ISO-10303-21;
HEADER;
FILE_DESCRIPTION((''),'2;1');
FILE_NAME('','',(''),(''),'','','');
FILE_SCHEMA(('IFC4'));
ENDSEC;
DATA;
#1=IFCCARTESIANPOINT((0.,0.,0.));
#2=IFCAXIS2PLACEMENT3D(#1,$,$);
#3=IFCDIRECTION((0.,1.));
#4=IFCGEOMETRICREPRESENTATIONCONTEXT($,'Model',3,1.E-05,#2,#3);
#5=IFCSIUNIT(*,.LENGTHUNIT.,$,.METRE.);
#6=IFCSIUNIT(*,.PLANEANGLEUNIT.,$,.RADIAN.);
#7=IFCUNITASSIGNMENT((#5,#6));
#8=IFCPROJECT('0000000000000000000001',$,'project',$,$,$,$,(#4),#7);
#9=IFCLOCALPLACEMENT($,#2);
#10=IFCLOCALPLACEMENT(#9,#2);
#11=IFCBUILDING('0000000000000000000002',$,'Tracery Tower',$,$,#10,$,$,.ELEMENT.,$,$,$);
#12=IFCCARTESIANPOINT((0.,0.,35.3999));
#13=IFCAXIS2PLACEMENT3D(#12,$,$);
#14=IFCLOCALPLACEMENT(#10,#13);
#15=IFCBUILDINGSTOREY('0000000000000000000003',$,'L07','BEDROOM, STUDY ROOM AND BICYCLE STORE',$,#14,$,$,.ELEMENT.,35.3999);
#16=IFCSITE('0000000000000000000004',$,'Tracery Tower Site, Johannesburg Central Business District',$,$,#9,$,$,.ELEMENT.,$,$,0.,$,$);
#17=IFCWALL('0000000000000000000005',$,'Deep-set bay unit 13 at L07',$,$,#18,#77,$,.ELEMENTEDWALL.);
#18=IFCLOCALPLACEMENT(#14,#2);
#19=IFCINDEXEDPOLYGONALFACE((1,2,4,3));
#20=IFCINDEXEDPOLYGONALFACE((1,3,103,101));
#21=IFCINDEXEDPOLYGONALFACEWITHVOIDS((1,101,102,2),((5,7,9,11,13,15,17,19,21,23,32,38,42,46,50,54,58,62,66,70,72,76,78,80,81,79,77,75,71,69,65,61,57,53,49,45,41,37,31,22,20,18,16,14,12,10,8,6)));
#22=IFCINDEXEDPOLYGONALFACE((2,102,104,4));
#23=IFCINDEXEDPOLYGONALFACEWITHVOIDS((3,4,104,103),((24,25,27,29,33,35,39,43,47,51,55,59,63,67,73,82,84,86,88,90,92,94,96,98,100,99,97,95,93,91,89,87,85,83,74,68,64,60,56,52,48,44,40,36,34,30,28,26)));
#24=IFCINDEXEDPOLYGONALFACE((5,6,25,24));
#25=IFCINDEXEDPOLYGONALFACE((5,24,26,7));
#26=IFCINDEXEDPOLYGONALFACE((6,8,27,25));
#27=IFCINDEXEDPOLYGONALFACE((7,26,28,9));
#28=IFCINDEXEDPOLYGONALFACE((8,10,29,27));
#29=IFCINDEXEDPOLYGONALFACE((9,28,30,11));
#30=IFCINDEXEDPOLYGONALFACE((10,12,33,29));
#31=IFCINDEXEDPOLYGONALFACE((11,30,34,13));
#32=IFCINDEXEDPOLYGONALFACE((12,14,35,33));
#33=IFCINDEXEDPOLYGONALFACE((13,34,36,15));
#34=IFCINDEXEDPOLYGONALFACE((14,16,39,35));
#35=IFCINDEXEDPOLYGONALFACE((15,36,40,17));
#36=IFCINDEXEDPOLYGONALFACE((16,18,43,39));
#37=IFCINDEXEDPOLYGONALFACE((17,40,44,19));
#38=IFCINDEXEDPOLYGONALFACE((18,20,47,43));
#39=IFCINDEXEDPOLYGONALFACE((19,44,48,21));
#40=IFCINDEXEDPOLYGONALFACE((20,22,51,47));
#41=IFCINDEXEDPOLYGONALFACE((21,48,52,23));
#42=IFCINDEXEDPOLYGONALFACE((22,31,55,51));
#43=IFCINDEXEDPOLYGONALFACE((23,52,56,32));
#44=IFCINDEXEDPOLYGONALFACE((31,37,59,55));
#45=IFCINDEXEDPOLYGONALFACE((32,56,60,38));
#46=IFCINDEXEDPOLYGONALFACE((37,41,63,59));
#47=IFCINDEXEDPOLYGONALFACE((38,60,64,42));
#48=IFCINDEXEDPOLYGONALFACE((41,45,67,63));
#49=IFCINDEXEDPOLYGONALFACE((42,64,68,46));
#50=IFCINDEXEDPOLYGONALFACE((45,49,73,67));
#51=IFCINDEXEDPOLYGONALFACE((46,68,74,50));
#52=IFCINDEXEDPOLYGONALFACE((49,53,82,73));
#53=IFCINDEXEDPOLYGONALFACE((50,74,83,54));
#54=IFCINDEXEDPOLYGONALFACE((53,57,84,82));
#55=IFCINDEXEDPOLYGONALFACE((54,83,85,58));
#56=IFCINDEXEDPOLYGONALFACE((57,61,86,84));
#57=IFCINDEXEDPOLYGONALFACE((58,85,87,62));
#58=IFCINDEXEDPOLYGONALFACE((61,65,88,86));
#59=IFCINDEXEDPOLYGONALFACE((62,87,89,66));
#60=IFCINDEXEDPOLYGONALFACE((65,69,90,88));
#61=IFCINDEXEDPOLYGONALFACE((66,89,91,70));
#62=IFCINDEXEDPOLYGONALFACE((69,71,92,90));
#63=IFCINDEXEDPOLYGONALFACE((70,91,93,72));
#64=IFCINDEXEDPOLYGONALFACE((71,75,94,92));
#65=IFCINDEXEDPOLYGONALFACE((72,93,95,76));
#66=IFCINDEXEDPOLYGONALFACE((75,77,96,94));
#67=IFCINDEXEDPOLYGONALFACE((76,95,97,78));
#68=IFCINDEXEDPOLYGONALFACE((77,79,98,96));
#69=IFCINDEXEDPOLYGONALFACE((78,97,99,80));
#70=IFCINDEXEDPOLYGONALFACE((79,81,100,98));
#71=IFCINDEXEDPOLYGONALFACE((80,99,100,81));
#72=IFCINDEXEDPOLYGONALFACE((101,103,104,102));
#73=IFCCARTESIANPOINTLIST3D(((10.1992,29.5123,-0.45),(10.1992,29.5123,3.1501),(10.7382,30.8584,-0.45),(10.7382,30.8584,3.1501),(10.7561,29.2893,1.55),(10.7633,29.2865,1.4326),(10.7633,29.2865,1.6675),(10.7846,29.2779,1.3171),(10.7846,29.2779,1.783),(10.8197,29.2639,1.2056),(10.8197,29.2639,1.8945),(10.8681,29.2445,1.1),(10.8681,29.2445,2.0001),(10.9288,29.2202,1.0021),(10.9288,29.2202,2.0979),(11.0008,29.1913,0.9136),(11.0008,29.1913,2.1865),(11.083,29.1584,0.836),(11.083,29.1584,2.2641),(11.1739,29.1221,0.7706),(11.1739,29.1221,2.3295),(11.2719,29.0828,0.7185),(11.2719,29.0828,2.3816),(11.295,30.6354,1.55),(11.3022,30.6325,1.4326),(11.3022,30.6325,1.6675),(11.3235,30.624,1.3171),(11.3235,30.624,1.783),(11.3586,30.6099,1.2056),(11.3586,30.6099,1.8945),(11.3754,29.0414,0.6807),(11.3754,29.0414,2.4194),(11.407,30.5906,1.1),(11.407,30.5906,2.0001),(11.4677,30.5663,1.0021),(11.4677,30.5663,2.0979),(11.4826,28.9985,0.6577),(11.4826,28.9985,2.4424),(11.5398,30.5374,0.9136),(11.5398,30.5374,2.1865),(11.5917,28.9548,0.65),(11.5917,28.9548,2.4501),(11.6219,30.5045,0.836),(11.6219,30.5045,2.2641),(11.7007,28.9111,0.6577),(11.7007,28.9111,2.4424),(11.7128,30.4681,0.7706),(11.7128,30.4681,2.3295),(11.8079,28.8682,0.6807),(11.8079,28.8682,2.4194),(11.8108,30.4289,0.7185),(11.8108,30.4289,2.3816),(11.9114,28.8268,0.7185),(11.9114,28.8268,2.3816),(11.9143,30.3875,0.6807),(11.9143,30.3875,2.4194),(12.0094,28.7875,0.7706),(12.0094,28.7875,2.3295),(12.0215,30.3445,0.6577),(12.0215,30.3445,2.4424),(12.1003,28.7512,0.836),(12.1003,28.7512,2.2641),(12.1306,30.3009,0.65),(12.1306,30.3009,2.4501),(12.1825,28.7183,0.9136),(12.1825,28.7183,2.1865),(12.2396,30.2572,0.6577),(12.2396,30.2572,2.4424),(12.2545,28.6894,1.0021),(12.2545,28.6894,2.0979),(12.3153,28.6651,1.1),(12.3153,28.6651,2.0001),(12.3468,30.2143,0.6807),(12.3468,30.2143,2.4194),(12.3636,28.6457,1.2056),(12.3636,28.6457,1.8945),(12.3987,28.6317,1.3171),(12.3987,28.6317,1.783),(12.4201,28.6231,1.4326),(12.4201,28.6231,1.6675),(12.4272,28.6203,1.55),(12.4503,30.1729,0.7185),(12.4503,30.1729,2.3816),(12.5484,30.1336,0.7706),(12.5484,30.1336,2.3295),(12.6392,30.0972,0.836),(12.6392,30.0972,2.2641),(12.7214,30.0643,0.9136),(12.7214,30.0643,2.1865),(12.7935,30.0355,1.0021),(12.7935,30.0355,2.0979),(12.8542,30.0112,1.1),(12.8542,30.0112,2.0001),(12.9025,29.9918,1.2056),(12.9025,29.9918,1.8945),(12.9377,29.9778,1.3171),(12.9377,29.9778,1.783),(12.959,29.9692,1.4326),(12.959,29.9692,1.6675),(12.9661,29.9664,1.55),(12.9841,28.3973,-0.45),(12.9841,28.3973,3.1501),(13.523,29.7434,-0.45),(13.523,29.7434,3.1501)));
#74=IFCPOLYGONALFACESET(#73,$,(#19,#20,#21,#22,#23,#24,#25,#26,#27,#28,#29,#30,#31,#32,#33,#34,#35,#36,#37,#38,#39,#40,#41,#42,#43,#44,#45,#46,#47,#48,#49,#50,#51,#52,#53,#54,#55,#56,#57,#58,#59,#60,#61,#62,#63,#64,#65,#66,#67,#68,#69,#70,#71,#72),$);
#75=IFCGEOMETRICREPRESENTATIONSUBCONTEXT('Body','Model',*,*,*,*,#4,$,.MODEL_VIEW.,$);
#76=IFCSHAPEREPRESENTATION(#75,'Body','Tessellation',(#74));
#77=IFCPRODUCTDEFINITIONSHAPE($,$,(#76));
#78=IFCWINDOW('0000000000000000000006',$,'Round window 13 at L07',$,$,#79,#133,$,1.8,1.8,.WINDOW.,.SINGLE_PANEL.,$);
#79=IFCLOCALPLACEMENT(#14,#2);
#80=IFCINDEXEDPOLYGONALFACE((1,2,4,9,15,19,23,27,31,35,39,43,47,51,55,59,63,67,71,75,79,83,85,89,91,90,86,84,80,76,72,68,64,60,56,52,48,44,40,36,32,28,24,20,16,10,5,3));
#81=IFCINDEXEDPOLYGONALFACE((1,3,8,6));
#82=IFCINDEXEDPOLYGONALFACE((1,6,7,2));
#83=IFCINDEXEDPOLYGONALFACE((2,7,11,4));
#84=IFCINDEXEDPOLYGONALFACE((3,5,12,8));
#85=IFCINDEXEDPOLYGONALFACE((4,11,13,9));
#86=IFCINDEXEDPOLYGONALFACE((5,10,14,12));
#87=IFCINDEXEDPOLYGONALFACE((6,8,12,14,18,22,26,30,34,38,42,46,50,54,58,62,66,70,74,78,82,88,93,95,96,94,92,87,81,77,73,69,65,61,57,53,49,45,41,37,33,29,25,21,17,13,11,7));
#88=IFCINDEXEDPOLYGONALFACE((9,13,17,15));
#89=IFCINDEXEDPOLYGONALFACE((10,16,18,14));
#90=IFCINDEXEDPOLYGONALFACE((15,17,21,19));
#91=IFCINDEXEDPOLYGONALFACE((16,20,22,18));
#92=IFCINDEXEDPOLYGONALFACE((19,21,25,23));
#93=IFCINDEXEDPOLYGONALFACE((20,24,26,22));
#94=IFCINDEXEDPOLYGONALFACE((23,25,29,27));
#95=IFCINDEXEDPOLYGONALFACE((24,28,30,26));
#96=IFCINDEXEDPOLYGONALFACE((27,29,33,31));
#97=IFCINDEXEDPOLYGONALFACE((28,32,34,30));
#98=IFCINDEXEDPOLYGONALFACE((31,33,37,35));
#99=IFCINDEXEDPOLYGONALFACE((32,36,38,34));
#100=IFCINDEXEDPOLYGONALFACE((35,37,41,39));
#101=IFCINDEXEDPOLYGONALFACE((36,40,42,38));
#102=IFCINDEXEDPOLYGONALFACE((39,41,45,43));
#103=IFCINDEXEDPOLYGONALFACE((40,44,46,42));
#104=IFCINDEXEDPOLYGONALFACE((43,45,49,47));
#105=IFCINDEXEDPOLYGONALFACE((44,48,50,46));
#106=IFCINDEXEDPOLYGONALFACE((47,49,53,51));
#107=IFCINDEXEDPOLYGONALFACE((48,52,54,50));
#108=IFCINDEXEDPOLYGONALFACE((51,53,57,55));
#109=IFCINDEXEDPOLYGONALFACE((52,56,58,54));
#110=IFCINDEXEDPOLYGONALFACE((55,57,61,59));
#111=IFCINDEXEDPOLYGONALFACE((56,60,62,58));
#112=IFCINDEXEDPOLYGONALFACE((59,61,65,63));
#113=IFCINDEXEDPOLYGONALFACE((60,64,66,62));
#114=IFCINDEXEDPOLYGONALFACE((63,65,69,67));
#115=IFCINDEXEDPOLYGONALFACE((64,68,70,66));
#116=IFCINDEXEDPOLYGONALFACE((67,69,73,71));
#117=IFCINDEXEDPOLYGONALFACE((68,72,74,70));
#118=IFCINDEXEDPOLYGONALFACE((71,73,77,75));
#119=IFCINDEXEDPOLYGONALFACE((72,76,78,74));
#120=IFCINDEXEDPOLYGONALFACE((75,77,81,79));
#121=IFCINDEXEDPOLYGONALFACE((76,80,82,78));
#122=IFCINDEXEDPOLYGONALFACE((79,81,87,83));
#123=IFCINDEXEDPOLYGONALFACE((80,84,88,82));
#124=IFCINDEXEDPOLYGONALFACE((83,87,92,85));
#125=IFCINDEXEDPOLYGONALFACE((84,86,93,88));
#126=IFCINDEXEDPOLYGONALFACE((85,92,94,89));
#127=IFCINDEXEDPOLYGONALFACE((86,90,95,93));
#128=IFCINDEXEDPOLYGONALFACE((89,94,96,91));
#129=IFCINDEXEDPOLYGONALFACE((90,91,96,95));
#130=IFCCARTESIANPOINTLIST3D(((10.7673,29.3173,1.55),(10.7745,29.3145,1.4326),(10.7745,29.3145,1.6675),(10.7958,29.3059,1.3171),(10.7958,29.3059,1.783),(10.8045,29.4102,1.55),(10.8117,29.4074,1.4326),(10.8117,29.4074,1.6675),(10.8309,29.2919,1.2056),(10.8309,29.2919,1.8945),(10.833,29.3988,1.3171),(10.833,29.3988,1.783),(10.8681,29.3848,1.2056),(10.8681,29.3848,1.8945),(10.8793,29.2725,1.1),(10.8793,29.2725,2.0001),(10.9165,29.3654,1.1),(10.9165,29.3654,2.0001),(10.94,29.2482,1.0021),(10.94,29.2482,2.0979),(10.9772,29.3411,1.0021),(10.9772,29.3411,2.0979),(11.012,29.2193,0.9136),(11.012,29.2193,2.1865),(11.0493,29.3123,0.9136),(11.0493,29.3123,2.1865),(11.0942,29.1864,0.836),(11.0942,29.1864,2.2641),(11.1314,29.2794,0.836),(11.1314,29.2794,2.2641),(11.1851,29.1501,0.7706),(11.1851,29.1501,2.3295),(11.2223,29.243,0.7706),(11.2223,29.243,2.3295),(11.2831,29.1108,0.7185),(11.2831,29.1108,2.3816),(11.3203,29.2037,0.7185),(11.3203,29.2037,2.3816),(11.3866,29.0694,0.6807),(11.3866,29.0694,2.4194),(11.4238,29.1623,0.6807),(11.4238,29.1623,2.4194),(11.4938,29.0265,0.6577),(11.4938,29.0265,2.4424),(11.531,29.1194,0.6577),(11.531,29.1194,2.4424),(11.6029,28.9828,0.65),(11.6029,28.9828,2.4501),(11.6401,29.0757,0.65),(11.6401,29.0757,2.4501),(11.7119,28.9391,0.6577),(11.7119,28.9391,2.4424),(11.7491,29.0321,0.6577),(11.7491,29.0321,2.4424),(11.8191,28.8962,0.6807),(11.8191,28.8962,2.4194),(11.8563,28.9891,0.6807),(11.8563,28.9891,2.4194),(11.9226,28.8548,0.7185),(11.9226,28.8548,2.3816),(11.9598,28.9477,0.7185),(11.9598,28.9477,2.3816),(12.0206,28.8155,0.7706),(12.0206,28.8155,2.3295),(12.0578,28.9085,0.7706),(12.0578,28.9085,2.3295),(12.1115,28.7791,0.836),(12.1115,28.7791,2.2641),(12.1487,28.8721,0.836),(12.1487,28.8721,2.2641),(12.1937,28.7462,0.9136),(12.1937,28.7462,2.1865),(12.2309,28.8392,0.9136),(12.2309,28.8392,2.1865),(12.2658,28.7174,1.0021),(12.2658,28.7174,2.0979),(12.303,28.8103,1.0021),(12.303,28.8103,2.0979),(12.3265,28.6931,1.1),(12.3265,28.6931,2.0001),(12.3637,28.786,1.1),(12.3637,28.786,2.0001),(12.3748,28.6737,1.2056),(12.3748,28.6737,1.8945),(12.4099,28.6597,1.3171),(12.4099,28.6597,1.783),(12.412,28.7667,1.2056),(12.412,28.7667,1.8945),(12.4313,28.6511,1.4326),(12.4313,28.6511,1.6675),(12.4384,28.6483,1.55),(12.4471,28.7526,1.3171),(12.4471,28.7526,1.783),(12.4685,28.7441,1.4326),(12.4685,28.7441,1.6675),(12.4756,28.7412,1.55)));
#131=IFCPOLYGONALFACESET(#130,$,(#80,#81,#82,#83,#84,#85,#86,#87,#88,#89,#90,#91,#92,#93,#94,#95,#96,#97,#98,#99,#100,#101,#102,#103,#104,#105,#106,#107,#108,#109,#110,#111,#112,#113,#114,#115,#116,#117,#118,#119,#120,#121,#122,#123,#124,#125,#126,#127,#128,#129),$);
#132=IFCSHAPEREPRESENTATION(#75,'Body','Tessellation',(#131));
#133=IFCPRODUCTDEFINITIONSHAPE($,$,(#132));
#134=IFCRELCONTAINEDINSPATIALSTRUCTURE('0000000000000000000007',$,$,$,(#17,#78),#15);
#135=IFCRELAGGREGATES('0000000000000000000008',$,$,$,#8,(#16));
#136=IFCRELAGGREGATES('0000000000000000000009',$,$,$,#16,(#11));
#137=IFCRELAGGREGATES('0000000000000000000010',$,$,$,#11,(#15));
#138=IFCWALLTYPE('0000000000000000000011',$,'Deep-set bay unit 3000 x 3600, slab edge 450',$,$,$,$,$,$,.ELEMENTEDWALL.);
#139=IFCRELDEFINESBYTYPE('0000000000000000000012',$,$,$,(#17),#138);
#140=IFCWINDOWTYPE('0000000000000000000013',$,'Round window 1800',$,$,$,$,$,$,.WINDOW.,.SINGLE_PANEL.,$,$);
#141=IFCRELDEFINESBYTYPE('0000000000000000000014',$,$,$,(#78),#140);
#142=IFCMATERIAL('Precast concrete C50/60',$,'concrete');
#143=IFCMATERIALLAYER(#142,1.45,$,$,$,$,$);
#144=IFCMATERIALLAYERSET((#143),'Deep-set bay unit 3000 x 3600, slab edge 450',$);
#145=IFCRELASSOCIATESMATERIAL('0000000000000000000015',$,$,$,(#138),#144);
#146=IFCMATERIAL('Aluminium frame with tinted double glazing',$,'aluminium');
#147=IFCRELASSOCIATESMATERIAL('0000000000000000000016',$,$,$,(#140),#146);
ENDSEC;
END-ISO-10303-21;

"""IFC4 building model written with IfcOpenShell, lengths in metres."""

from ifc_helpers import new_model, si_unit, direction, frame, frame_2d, origin, origin_2d, place, context, subcontext, project, spatial, rectangle, circle, extrude, material, layer, layer_set, type_object, element, fill, save


model = new_model("IFC4")

# Units and contexts
model_context = context("Model", 3, precision=1e-05, world=origin(), true_north=direction((0.0, 1.0)))
body_context = subcontext(model_context, "Body", "Model", "MODEL_VIEW")
ifc_project = project(units=[si_unit("LENGTHUNIT", "METRE"), si_unit("PLANEANGLEUNIT", "RADIAN")], contexts=[model_context])

# Site, building, storey
site_placement = place(None, origin())
site = spatial("IfcSite", under=ifc_project, at=site_placement, Name="Tracery Tower Site, Johannesburg Central Business District", CompositionType="ELEMENT", RefElevation=0.0)
building_placement = place(site_placement, origin())
building = spatial("IfcBuilding", under=site, at=building_placement, Name="Tracery Tower", CompositionType="ELEMENT")
storey_placement = place(building_placement, frame((0.0, 0.0, 35.3999)))
storey = spatial("IfcBuildingStorey", under=building, at=storey_placement, Name="L07", Description="BEDROOM, STUDY ROOM AND BICYCLE STORE", CompositionType="ELEMENT", Elevation=35.3999)

# Wall, opening, window
ifc_material_1 = material(Name="Precast concrete C50/60", Category="concrete")
ifc_layer_1 = layer(ifc_material_1, 1.45)
ifc_layer_set_1 = layer_set([ifc_layer_1], Name="Deep-set bay unit 3000 x 3600, slab edge 450")
wall_type_1 = type_object("IfcWallType", Name="Deep-set bay unit 3000 x 3600, slab edge 450", PredefinedType="ELEMENTEDWALL", material=ifc_layer_set_1)
wall_1_placement = place(storey_placement, frame((13.2537, 29.0703, -0.45), z_axis=(0.0, 0.0, 1.0), x_axis=(-0.928359, 0.371685, 0.0)))
wall_1 = element("IfcWall", 1, at=wall_1_placement, inside=storey, type_object=wall_type_1, Name="Deep-set bay unit 13 at L07", PredefinedType="ELEMENTEDWALL", context=body_context, shape_type="SweptSolid", body=[
    extrude(rectangle(XDim=2.9998, YDim=1.45, at=frame_2d((1.5, 0.0))), origin(), (0.0, 0.0, 1.0), 3.6001),
])
opening_1_placement = place(wall_1_placement, frame((1.5, 0.0, 2.0)))
opening_1 = element("IfcOpeningElement", 2, at=opening_1_placement, cuts=wall_1, PredefinedType="OPENING", context=body_context, shape_type="SweptSolid", body=[
    extrude(circle(Radius=0.9, at=origin_2d()), frame((0.0, 0.7349, 0.0), z_axis=(0.0, -1.0, 0.0), x_axis=(1.0, 0.0, 0.0)), (0.0, 0.0, 1.0), 1.47),
])
ifc_material_2 = material(Name="Aluminium frame with tinted double glazing", Category="aluminium")
window_type = type_object("IfcWindowType", Name="Round window 1800", PartitioningType="SINGLE_PANEL", PredefinedType="WINDOW", material=ifc_material_2)
window_1_placement = place(opening_1_placement, origin())
window_1 = element("IfcWindow", 3, at=window_1_placement, inside=storey, type_object=window_type, Name="Round window 13 at L07", OverallHeight=1.8, OverallWidth=1.8, PartitioningType="SINGLE_PANEL", PredefinedType="WINDOW", context=body_context, shape_type="SweptSolid", body=[
    extrude(circle(Radius=0.9, at=origin_2d()), frame((0.0, 0.6948, 0.0), z_axis=(0.0, -1.0, 0.0), x_axis=(1.0, 0.0, 0.0)), (0.0, 0.0, 1.0), 0.1001),
])
fill(opening_1, window_1)

save(model, "model.ifc")
